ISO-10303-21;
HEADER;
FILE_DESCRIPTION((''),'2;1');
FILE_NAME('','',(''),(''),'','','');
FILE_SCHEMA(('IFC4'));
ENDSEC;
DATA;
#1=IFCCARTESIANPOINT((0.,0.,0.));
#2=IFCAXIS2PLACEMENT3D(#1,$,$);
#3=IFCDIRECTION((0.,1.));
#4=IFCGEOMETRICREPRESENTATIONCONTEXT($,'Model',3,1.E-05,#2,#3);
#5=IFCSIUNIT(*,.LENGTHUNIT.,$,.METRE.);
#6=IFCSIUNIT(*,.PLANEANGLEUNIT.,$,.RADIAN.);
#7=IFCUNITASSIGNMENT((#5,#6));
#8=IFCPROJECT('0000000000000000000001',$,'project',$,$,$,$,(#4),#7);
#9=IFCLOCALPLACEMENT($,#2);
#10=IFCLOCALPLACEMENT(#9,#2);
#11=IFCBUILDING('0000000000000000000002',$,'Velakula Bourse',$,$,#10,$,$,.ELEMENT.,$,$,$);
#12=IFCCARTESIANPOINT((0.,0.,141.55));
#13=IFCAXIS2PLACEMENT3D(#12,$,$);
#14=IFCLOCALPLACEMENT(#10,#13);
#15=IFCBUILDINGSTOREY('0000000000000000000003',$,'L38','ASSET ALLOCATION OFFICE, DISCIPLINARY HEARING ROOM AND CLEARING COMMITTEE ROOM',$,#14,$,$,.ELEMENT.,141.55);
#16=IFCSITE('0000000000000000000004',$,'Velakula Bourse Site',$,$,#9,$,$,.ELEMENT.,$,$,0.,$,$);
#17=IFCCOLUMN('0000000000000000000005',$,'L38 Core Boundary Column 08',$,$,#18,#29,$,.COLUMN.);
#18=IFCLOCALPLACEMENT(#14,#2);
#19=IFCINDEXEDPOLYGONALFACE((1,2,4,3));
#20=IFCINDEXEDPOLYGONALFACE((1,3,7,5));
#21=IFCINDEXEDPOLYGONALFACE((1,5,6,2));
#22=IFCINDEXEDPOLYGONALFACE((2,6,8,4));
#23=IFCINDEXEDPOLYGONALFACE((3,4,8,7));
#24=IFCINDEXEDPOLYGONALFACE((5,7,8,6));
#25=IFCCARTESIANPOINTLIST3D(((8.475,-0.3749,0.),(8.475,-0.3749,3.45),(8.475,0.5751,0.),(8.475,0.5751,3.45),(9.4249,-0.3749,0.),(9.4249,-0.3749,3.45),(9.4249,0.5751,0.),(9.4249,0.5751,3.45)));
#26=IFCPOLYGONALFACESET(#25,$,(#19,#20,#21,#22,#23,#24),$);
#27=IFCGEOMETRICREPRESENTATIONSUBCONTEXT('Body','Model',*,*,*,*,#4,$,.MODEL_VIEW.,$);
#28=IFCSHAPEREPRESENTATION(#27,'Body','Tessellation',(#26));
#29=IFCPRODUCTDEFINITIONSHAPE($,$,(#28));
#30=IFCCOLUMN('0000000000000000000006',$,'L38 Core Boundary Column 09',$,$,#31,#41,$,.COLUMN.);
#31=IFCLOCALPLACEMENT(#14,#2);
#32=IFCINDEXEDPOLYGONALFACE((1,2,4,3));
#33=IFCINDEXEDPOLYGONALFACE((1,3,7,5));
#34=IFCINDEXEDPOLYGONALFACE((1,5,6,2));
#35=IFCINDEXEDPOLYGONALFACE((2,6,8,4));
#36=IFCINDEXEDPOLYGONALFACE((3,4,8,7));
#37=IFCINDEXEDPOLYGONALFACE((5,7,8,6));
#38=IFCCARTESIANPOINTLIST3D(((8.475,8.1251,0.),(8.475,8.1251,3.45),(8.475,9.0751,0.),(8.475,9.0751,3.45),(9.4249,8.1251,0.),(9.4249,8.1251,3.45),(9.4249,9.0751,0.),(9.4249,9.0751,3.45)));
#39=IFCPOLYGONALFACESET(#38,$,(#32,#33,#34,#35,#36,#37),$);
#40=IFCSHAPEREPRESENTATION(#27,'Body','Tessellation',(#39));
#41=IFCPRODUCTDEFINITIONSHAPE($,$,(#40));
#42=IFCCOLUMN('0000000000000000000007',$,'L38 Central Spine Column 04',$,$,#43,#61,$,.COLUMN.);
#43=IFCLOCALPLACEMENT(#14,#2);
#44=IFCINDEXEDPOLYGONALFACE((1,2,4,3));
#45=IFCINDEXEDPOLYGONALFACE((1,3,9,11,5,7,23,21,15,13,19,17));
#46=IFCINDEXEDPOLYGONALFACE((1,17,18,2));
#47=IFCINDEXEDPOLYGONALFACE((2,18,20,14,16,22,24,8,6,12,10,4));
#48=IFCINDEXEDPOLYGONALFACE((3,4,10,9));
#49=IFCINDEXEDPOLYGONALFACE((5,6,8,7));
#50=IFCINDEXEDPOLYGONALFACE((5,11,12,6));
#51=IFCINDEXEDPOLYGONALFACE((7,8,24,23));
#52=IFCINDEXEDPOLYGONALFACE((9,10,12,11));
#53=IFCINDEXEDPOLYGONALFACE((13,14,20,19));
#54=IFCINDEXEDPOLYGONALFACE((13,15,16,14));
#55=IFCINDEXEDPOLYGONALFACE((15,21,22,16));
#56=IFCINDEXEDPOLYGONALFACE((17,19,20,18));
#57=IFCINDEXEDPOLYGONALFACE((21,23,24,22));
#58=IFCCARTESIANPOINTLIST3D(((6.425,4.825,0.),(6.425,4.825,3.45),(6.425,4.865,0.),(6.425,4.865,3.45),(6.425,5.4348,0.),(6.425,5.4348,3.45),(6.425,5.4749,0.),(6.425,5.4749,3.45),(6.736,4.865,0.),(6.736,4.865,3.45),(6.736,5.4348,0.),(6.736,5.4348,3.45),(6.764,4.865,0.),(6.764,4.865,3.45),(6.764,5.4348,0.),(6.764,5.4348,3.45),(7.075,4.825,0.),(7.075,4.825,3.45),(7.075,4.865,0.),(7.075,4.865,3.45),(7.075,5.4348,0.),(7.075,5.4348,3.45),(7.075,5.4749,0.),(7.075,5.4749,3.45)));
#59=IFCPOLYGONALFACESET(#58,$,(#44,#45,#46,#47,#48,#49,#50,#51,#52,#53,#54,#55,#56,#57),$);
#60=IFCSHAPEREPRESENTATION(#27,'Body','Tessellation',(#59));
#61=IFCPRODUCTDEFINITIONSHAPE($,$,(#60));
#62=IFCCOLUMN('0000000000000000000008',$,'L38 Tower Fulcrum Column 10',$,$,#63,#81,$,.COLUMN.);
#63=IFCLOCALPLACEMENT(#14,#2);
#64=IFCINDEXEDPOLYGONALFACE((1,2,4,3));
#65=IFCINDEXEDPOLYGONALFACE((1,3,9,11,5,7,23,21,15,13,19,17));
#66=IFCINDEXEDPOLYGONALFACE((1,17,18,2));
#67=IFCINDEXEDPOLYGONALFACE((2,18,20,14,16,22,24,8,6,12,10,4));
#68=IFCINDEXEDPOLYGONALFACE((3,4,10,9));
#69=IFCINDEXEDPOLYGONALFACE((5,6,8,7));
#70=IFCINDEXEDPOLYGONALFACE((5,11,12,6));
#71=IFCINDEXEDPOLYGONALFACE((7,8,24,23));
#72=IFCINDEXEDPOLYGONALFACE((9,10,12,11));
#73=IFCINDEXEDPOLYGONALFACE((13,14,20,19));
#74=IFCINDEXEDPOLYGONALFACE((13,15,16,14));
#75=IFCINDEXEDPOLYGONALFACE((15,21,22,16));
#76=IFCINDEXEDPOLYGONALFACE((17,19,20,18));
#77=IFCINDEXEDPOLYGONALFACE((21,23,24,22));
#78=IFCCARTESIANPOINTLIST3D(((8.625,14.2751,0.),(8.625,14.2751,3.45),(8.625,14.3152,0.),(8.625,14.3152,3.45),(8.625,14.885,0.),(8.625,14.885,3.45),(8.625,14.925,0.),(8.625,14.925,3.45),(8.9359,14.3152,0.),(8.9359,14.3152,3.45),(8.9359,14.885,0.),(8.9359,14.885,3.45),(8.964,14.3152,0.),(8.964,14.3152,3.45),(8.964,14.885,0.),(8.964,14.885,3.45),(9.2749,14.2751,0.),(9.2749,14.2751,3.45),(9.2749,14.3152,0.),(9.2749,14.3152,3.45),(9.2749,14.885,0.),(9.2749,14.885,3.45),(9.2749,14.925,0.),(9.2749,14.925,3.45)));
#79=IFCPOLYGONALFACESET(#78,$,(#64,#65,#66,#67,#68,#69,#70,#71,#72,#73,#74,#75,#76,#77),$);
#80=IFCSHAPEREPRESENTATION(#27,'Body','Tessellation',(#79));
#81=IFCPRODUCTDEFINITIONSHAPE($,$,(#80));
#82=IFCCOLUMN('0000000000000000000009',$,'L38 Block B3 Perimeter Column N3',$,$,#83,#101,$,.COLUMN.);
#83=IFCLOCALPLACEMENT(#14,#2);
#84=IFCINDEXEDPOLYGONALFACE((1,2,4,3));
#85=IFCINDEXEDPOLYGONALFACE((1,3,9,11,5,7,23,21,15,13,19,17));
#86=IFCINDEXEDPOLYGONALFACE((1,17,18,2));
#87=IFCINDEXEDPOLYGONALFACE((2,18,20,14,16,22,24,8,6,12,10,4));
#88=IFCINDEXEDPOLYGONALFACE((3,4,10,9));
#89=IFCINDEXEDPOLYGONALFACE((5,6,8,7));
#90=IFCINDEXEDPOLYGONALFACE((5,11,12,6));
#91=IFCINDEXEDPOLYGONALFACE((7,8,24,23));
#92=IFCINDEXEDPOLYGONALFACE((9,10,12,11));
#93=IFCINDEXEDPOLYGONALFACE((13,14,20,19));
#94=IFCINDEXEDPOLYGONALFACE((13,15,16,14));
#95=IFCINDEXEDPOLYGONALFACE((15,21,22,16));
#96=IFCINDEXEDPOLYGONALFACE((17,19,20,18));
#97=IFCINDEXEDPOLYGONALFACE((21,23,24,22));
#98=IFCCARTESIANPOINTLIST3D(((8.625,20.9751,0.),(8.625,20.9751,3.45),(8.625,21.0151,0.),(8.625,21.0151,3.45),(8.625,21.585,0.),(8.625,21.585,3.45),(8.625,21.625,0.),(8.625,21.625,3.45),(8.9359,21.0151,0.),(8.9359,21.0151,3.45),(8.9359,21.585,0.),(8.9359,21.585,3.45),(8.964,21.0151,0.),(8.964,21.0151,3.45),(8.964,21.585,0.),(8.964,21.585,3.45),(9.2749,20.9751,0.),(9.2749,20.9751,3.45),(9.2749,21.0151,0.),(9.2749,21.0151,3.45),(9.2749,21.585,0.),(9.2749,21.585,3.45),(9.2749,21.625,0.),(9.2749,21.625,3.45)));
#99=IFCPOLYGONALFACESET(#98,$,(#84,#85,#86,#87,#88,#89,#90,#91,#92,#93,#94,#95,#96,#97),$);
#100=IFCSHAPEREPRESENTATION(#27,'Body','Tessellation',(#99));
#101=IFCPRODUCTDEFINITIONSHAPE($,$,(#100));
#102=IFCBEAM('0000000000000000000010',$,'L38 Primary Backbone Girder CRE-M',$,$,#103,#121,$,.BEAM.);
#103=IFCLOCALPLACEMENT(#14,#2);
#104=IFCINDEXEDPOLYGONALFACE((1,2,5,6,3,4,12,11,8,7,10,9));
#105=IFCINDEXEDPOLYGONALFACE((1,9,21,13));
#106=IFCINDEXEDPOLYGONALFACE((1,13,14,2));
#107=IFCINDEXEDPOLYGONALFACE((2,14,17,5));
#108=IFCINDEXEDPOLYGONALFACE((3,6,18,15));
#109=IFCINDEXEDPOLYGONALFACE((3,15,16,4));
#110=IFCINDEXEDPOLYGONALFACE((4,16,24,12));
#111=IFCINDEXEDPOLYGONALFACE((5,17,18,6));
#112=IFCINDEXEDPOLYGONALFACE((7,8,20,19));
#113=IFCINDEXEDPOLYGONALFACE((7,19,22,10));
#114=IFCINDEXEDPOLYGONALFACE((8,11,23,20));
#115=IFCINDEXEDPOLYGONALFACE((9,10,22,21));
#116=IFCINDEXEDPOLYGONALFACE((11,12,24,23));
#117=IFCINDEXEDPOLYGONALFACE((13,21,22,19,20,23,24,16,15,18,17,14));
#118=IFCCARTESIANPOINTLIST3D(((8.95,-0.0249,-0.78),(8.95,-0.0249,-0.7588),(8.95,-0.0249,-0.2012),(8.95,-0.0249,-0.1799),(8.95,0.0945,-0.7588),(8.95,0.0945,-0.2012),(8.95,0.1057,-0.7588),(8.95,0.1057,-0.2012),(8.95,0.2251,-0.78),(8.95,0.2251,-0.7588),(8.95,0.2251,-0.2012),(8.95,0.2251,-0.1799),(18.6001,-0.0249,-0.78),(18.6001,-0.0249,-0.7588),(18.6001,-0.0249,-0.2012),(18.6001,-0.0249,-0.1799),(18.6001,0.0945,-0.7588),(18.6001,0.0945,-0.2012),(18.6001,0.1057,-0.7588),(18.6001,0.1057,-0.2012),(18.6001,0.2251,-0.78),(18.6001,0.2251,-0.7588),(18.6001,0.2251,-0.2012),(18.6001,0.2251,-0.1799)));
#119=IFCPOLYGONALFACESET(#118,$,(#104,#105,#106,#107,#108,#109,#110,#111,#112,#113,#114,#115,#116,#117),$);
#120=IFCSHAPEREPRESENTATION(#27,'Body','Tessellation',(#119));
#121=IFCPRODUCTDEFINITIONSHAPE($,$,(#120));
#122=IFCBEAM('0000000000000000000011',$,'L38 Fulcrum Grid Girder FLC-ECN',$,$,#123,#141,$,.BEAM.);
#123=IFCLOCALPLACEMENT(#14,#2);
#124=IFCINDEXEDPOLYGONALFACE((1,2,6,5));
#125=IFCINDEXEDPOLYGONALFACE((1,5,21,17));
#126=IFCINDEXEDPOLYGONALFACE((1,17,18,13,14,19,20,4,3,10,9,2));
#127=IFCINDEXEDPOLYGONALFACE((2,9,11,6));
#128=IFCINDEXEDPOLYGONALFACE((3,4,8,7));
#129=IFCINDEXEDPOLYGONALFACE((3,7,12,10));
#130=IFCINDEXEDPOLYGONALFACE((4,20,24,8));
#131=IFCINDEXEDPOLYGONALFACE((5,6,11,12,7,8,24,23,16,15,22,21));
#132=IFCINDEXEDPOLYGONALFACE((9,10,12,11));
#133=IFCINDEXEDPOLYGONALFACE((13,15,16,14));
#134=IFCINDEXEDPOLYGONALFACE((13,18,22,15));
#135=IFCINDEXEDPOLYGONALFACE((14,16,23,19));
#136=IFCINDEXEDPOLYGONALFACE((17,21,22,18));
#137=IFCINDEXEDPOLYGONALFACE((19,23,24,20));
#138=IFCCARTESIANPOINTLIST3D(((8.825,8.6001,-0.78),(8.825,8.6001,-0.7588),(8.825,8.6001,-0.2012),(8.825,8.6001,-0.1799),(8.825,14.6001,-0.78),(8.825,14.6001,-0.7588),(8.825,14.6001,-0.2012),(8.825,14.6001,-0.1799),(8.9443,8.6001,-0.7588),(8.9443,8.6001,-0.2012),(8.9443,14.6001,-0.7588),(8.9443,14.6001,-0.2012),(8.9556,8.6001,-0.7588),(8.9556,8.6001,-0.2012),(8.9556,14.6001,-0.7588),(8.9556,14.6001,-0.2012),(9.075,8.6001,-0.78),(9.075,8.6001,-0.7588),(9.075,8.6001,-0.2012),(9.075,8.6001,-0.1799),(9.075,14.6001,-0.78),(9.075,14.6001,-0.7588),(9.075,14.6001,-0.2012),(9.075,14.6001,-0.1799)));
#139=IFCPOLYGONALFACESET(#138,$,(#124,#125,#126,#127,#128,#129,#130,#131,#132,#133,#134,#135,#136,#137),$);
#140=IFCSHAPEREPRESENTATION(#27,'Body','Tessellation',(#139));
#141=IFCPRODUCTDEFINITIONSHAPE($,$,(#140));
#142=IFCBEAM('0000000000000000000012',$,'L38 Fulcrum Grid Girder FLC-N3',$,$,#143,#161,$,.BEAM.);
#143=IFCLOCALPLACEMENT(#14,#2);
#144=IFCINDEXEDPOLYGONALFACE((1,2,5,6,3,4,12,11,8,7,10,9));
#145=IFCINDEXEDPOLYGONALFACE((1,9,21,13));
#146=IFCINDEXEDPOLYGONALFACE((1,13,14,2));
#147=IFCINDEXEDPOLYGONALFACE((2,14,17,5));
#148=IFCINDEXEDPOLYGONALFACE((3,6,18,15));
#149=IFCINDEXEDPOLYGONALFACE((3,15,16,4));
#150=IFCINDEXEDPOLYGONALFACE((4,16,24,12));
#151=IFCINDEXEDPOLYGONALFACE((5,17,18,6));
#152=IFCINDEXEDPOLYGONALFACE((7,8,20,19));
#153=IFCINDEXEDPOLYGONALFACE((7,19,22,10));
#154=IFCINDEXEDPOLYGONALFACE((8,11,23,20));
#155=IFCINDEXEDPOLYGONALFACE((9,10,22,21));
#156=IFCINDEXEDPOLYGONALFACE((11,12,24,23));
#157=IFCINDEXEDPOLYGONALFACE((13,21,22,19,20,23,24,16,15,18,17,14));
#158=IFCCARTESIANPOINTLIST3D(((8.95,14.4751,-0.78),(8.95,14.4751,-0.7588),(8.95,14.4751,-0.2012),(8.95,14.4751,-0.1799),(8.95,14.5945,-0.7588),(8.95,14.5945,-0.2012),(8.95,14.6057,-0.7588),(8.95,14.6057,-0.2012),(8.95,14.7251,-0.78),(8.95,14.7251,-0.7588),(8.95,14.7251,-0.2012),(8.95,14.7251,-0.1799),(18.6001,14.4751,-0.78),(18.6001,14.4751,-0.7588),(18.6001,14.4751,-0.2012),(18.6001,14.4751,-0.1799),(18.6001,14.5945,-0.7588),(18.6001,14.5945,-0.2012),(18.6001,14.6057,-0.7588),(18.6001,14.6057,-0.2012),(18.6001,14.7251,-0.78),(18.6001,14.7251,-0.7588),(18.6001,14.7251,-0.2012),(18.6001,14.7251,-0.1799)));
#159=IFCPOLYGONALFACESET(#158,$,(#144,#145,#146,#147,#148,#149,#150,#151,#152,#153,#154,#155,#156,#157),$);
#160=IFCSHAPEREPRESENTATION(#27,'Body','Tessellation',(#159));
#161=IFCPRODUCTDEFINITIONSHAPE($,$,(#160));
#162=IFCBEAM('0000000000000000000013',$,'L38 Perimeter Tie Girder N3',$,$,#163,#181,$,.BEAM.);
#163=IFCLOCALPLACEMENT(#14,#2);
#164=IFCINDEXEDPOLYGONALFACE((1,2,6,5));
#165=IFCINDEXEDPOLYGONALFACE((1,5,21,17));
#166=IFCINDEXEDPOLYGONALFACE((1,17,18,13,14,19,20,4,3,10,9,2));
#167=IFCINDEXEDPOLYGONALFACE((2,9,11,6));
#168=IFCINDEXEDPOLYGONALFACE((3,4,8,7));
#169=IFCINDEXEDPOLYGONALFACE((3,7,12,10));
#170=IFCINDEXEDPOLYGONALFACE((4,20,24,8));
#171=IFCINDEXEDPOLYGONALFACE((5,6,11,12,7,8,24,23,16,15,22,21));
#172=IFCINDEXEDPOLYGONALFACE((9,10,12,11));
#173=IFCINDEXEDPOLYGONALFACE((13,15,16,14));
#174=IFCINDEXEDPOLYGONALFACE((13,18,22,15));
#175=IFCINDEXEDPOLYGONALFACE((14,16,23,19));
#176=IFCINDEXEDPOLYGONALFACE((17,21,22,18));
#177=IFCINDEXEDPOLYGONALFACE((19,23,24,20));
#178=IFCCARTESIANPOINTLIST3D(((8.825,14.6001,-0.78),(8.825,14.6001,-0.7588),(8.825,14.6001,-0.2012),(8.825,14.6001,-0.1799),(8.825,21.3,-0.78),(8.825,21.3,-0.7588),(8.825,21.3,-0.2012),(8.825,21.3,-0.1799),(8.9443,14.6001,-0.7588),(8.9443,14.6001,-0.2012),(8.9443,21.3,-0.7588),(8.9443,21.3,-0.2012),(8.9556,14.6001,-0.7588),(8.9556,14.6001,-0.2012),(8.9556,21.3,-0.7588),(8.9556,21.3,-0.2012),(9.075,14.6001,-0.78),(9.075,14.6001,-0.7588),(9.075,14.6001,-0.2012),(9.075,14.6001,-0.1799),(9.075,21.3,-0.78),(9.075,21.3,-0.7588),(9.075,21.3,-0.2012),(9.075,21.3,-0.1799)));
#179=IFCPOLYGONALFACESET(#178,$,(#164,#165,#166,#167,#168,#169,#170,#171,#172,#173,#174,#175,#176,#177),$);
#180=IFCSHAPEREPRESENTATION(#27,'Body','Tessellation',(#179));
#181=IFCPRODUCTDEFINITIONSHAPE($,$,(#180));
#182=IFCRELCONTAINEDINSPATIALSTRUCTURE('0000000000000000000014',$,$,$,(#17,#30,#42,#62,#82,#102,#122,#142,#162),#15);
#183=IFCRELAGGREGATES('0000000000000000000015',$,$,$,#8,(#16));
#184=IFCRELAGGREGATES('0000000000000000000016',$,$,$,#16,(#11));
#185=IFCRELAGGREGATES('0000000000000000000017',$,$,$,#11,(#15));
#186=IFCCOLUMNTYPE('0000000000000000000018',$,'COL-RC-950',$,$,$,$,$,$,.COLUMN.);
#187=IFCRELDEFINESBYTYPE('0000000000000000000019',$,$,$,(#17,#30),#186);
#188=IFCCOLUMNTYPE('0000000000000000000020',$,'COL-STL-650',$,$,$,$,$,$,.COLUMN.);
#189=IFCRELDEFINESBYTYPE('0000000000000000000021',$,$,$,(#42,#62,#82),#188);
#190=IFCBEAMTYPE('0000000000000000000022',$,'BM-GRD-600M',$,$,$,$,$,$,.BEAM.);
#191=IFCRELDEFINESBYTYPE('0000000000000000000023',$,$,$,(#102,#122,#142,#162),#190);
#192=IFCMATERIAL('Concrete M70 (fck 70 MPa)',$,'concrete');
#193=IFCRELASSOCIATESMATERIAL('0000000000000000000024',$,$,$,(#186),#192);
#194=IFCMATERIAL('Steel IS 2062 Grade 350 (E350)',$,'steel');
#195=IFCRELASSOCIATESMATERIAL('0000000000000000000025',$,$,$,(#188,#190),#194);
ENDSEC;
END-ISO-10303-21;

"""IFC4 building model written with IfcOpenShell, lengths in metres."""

from ifc_helpers import new_model, si_unit, direction, frame, origin, origin_2d, place, context, subcontext, project, spatial, rectangle, i_section, extrude, material, material_profile, profile_set, type_object, element, save


model = new_model("IFC4")

# Units and contexts
model_context = context("Model", 3, precision=1e-05, world=origin(), true_north=direction((0.0, 1.0)))
body_context = subcontext(model_context, "Body", "Model", "MODEL_VIEW")
ifc_project = project(units=[si_unit("LENGTHUNIT", "METRE"), si_unit("PLANEANGLEUNIT", "RADIAN")], contexts=[model_context])

# Site, building, storey
site_placement = place(None, origin())
site = spatial("IfcSite", under=ifc_project, at=site_placement, Name="Velakula Bourse Site", CompositionType="ELEMENT", RefElevation=0.0)
building_placement = place(site_placement, origin())
building = spatial("IfcBuilding", under=site, at=building_placement, Name="Velakula Bourse", CompositionType="ELEMENT")
storey_placement = place(building_placement, frame((0.0, 0.0, 141.55)))
storey = spatial("IfcBuildingStorey", under=building, at=storey_placement, Name="L38", Description="ASSET ALLOCATION OFFICE, DISCIPLINARY HEARING ROOM AND CLEARING COMMITTEE ROOM", CompositionType="ELEMENT", Elevation=141.55)

# Columns
ifc_material_1 = material(Name="Concrete M70 (fck 70 MPa)", Category="concrete")
ifc_material_profile_1 = material_profile(ifc_material_1, rectangle(XDim=0.95, YDim=0.95, at=origin_2d()), Name="Concrete M70 (fck 70 MPa)")
ifc_profile_set_1 = profile_set([ifc_material_profile_1], Name="Concrete M70 (fck 70 MPa)")
column_type_1 = type_object("IfcColumnType", Name="COL-RC-950", PredefinedType="COLUMN", material=ifc_profile_set_1)
for number, where, z_axis, x_axis, name in (
    (1, (8.95, 0.1001, 0.0), (0.0, 0.0, 1.0), (1.0, 0.0, 0.0), "L38 Core Boundary Column 08"),
    (2, (8.95, 8.6001, 0.0), (0.0, 0.0, 1.0), (1.0, 0.0, 0.0), "L38 Core Boundary Column 09"),
):
    element("IfcColumn", number, at=place(storey_placement, frame(where, z_axis=z_axis, x_axis=x_axis)), inside=storey, type_object=column_type_1, Name=name, PredefinedType="COLUMN", context=body_context, shape_type="SweptSolid", body=[
        extrude(rectangle(XDim=0.95, YDim=0.95, at=origin_2d()), origin(), (0.0, 0.0, 1.0), 3.45),
    ])
ifc_material_2 = material(Name="Steel IS 2062 Grade 350 (E350)", Category="steel")
ifc_material_profile_2 = material_profile(ifc_material_2, i_section(OverallWidth=0.6499, OverallDepth=0.6499, WebThickness=0.0281, FlangeThickness=0.04, at=origin_2d()), Name="Steel IS 2062 Grade 350 (E350)")
ifc_profile_set_2 = profile_set([ifc_material_profile_2], Name="Steel IS 2062 Grade 350 (E350)")
column_type_2 = type_object("IfcColumnType", Name="COL-STL-650", PredefinedType="COLUMN", material=ifc_profile_set_2)
for number, where, z_axis, x_axis, name in (
    (3, (6.75, 5.1499, 0.0), (0.0, 0.0, 1.0), (1.0, 0.0, 0.0), "L38 Central Spine Column 04"),
    (4, (8.95, 14.6001, 0.0), (0.0, 0.0, 1.0), (1.0, 0.0, 0.0), "L38 Tower Fulcrum Column 10"),
    (5, (8.95, 21.3, 0.0), (0.0, 0.0, 1.0), (1.0, 0.0, 0.0), "L38 Block B3 Perimeter Column N3"),
):
    element("IfcColumn", number, at=place(storey_placement, frame(where, z_axis=z_axis, x_axis=x_axis)), inside=storey, type_object=column_type_2, Name=name, PredefinedType="COLUMN", context=body_context, shape_type="SweptSolid", body=[
        extrude(i_section(OverallWidth=0.6499, OverallDepth=0.6499, WebThickness=0.0281, FlangeThickness=0.04, at=origin_2d()), origin(), (0.0, 0.0, 1.0), 3.45),
    ])

# Beams
ifc_material_profile_3 = material_profile(ifc_material_2, i_section(OverallWidth=0.25, OverallDepth=0.6001, WebThickness=0.0112, FlangeThickness=0.0212, at=origin_2d()), Name="Steel IS 2062 Grade 350 (E350)")
ifc_profile_set_3 = profile_set([ifc_material_profile_3], Name="Steel IS 2062 Grade 350 (E350)")
beam_type_1 = type_object("IfcBeamType", Name="BM-GRD-600M", PredefinedType="BEAM", material=ifc_profile_set_3)
beam_1_placement = place(storey_placement, frame((8.95, 0.1001, -0.48), z_axis=(1.0, 0.0, 0.0), x_axis=(0.0, 1.0, 0.0)))
element("IfcBeam", 6, at=beam_1_placement, inside=storey, type_object=beam_type_1, Name="L38 Primary Backbone Girder CRE-M", PredefinedType="BEAM", context=body_context, shape_type="SweptSolid", body=[
    extrude(i_section(OverallWidth=0.25, OverallDepth=0.6001, WebThickness=0.0112, FlangeThickness=0.0212, at=origin_2d()), origin(), (0.0, 0.0, 1.0), 9.6501),
])
beam_2_placement = place(storey_placement, frame((8.95, 8.6001, -0.48), z_axis=(0.0, 1.0, 0.0), x_axis=(-1.0, 0.0, 0.0)))
element("IfcBeam", 7, at=beam_2_placement, inside=storey, type_object=beam_type_1, Name="L38 Fulcrum Grid Girder FLC-ECN", PredefinedType="BEAM", context=body_context, shape_type="SweptSolid", body=[
    extrude(i_section(OverallWidth=0.25, OverallDepth=0.6001, WebThickness=0.0112, FlangeThickness=0.0212, at=origin_2d()), origin(), (0.0, 0.0, 1.0), 6.0),
])
beam_3_placement = place(storey_placement, frame((8.95, 14.6001, -0.48), z_axis=(1.0, 0.0, 0.0), x_axis=(0.0, 1.0, 0.0)))
element("IfcBeam", 8, at=beam_3_placement, inside=storey, type_object=beam_type_1, Name="L38 Fulcrum Grid Girder FLC-N3", PredefinedType="BEAM", context=body_context, shape_type="SweptSolid", body=[
    extrude(i_section(OverallWidth=0.25, OverallDepth=0.6001, WebThickness=0.0112, FlangeThickness=0.0212, at=origin_2d()), origin(), (0.0, 0.0, 1.0), 9.6501),
])
beam_4_placement = place(storey_placement, frame((8.95, 14.6001, -0.48), z_axis=(0.0, 1.0, 0.0), x_axis=(-1.0, 0.0, 0.0)))
element("IfcBeam", 9, at=beam_4_placement, inside=storey, type_object=beam_type_1, Name="L38 Perimeter Tie Girder N3", PredefinedType="BEAM", context=body_context, shape_type="SweptSolid", body=[
    extrude(i_section(OverallWidth=0.25, OverallDepth=0.6001, WebThickness=0.0112, FlangeThickness=0.0212, at=origin_2d()), origin(), (0.0, 0.0, 1.0), 6.7),
])

save(model, "model.ifc")
